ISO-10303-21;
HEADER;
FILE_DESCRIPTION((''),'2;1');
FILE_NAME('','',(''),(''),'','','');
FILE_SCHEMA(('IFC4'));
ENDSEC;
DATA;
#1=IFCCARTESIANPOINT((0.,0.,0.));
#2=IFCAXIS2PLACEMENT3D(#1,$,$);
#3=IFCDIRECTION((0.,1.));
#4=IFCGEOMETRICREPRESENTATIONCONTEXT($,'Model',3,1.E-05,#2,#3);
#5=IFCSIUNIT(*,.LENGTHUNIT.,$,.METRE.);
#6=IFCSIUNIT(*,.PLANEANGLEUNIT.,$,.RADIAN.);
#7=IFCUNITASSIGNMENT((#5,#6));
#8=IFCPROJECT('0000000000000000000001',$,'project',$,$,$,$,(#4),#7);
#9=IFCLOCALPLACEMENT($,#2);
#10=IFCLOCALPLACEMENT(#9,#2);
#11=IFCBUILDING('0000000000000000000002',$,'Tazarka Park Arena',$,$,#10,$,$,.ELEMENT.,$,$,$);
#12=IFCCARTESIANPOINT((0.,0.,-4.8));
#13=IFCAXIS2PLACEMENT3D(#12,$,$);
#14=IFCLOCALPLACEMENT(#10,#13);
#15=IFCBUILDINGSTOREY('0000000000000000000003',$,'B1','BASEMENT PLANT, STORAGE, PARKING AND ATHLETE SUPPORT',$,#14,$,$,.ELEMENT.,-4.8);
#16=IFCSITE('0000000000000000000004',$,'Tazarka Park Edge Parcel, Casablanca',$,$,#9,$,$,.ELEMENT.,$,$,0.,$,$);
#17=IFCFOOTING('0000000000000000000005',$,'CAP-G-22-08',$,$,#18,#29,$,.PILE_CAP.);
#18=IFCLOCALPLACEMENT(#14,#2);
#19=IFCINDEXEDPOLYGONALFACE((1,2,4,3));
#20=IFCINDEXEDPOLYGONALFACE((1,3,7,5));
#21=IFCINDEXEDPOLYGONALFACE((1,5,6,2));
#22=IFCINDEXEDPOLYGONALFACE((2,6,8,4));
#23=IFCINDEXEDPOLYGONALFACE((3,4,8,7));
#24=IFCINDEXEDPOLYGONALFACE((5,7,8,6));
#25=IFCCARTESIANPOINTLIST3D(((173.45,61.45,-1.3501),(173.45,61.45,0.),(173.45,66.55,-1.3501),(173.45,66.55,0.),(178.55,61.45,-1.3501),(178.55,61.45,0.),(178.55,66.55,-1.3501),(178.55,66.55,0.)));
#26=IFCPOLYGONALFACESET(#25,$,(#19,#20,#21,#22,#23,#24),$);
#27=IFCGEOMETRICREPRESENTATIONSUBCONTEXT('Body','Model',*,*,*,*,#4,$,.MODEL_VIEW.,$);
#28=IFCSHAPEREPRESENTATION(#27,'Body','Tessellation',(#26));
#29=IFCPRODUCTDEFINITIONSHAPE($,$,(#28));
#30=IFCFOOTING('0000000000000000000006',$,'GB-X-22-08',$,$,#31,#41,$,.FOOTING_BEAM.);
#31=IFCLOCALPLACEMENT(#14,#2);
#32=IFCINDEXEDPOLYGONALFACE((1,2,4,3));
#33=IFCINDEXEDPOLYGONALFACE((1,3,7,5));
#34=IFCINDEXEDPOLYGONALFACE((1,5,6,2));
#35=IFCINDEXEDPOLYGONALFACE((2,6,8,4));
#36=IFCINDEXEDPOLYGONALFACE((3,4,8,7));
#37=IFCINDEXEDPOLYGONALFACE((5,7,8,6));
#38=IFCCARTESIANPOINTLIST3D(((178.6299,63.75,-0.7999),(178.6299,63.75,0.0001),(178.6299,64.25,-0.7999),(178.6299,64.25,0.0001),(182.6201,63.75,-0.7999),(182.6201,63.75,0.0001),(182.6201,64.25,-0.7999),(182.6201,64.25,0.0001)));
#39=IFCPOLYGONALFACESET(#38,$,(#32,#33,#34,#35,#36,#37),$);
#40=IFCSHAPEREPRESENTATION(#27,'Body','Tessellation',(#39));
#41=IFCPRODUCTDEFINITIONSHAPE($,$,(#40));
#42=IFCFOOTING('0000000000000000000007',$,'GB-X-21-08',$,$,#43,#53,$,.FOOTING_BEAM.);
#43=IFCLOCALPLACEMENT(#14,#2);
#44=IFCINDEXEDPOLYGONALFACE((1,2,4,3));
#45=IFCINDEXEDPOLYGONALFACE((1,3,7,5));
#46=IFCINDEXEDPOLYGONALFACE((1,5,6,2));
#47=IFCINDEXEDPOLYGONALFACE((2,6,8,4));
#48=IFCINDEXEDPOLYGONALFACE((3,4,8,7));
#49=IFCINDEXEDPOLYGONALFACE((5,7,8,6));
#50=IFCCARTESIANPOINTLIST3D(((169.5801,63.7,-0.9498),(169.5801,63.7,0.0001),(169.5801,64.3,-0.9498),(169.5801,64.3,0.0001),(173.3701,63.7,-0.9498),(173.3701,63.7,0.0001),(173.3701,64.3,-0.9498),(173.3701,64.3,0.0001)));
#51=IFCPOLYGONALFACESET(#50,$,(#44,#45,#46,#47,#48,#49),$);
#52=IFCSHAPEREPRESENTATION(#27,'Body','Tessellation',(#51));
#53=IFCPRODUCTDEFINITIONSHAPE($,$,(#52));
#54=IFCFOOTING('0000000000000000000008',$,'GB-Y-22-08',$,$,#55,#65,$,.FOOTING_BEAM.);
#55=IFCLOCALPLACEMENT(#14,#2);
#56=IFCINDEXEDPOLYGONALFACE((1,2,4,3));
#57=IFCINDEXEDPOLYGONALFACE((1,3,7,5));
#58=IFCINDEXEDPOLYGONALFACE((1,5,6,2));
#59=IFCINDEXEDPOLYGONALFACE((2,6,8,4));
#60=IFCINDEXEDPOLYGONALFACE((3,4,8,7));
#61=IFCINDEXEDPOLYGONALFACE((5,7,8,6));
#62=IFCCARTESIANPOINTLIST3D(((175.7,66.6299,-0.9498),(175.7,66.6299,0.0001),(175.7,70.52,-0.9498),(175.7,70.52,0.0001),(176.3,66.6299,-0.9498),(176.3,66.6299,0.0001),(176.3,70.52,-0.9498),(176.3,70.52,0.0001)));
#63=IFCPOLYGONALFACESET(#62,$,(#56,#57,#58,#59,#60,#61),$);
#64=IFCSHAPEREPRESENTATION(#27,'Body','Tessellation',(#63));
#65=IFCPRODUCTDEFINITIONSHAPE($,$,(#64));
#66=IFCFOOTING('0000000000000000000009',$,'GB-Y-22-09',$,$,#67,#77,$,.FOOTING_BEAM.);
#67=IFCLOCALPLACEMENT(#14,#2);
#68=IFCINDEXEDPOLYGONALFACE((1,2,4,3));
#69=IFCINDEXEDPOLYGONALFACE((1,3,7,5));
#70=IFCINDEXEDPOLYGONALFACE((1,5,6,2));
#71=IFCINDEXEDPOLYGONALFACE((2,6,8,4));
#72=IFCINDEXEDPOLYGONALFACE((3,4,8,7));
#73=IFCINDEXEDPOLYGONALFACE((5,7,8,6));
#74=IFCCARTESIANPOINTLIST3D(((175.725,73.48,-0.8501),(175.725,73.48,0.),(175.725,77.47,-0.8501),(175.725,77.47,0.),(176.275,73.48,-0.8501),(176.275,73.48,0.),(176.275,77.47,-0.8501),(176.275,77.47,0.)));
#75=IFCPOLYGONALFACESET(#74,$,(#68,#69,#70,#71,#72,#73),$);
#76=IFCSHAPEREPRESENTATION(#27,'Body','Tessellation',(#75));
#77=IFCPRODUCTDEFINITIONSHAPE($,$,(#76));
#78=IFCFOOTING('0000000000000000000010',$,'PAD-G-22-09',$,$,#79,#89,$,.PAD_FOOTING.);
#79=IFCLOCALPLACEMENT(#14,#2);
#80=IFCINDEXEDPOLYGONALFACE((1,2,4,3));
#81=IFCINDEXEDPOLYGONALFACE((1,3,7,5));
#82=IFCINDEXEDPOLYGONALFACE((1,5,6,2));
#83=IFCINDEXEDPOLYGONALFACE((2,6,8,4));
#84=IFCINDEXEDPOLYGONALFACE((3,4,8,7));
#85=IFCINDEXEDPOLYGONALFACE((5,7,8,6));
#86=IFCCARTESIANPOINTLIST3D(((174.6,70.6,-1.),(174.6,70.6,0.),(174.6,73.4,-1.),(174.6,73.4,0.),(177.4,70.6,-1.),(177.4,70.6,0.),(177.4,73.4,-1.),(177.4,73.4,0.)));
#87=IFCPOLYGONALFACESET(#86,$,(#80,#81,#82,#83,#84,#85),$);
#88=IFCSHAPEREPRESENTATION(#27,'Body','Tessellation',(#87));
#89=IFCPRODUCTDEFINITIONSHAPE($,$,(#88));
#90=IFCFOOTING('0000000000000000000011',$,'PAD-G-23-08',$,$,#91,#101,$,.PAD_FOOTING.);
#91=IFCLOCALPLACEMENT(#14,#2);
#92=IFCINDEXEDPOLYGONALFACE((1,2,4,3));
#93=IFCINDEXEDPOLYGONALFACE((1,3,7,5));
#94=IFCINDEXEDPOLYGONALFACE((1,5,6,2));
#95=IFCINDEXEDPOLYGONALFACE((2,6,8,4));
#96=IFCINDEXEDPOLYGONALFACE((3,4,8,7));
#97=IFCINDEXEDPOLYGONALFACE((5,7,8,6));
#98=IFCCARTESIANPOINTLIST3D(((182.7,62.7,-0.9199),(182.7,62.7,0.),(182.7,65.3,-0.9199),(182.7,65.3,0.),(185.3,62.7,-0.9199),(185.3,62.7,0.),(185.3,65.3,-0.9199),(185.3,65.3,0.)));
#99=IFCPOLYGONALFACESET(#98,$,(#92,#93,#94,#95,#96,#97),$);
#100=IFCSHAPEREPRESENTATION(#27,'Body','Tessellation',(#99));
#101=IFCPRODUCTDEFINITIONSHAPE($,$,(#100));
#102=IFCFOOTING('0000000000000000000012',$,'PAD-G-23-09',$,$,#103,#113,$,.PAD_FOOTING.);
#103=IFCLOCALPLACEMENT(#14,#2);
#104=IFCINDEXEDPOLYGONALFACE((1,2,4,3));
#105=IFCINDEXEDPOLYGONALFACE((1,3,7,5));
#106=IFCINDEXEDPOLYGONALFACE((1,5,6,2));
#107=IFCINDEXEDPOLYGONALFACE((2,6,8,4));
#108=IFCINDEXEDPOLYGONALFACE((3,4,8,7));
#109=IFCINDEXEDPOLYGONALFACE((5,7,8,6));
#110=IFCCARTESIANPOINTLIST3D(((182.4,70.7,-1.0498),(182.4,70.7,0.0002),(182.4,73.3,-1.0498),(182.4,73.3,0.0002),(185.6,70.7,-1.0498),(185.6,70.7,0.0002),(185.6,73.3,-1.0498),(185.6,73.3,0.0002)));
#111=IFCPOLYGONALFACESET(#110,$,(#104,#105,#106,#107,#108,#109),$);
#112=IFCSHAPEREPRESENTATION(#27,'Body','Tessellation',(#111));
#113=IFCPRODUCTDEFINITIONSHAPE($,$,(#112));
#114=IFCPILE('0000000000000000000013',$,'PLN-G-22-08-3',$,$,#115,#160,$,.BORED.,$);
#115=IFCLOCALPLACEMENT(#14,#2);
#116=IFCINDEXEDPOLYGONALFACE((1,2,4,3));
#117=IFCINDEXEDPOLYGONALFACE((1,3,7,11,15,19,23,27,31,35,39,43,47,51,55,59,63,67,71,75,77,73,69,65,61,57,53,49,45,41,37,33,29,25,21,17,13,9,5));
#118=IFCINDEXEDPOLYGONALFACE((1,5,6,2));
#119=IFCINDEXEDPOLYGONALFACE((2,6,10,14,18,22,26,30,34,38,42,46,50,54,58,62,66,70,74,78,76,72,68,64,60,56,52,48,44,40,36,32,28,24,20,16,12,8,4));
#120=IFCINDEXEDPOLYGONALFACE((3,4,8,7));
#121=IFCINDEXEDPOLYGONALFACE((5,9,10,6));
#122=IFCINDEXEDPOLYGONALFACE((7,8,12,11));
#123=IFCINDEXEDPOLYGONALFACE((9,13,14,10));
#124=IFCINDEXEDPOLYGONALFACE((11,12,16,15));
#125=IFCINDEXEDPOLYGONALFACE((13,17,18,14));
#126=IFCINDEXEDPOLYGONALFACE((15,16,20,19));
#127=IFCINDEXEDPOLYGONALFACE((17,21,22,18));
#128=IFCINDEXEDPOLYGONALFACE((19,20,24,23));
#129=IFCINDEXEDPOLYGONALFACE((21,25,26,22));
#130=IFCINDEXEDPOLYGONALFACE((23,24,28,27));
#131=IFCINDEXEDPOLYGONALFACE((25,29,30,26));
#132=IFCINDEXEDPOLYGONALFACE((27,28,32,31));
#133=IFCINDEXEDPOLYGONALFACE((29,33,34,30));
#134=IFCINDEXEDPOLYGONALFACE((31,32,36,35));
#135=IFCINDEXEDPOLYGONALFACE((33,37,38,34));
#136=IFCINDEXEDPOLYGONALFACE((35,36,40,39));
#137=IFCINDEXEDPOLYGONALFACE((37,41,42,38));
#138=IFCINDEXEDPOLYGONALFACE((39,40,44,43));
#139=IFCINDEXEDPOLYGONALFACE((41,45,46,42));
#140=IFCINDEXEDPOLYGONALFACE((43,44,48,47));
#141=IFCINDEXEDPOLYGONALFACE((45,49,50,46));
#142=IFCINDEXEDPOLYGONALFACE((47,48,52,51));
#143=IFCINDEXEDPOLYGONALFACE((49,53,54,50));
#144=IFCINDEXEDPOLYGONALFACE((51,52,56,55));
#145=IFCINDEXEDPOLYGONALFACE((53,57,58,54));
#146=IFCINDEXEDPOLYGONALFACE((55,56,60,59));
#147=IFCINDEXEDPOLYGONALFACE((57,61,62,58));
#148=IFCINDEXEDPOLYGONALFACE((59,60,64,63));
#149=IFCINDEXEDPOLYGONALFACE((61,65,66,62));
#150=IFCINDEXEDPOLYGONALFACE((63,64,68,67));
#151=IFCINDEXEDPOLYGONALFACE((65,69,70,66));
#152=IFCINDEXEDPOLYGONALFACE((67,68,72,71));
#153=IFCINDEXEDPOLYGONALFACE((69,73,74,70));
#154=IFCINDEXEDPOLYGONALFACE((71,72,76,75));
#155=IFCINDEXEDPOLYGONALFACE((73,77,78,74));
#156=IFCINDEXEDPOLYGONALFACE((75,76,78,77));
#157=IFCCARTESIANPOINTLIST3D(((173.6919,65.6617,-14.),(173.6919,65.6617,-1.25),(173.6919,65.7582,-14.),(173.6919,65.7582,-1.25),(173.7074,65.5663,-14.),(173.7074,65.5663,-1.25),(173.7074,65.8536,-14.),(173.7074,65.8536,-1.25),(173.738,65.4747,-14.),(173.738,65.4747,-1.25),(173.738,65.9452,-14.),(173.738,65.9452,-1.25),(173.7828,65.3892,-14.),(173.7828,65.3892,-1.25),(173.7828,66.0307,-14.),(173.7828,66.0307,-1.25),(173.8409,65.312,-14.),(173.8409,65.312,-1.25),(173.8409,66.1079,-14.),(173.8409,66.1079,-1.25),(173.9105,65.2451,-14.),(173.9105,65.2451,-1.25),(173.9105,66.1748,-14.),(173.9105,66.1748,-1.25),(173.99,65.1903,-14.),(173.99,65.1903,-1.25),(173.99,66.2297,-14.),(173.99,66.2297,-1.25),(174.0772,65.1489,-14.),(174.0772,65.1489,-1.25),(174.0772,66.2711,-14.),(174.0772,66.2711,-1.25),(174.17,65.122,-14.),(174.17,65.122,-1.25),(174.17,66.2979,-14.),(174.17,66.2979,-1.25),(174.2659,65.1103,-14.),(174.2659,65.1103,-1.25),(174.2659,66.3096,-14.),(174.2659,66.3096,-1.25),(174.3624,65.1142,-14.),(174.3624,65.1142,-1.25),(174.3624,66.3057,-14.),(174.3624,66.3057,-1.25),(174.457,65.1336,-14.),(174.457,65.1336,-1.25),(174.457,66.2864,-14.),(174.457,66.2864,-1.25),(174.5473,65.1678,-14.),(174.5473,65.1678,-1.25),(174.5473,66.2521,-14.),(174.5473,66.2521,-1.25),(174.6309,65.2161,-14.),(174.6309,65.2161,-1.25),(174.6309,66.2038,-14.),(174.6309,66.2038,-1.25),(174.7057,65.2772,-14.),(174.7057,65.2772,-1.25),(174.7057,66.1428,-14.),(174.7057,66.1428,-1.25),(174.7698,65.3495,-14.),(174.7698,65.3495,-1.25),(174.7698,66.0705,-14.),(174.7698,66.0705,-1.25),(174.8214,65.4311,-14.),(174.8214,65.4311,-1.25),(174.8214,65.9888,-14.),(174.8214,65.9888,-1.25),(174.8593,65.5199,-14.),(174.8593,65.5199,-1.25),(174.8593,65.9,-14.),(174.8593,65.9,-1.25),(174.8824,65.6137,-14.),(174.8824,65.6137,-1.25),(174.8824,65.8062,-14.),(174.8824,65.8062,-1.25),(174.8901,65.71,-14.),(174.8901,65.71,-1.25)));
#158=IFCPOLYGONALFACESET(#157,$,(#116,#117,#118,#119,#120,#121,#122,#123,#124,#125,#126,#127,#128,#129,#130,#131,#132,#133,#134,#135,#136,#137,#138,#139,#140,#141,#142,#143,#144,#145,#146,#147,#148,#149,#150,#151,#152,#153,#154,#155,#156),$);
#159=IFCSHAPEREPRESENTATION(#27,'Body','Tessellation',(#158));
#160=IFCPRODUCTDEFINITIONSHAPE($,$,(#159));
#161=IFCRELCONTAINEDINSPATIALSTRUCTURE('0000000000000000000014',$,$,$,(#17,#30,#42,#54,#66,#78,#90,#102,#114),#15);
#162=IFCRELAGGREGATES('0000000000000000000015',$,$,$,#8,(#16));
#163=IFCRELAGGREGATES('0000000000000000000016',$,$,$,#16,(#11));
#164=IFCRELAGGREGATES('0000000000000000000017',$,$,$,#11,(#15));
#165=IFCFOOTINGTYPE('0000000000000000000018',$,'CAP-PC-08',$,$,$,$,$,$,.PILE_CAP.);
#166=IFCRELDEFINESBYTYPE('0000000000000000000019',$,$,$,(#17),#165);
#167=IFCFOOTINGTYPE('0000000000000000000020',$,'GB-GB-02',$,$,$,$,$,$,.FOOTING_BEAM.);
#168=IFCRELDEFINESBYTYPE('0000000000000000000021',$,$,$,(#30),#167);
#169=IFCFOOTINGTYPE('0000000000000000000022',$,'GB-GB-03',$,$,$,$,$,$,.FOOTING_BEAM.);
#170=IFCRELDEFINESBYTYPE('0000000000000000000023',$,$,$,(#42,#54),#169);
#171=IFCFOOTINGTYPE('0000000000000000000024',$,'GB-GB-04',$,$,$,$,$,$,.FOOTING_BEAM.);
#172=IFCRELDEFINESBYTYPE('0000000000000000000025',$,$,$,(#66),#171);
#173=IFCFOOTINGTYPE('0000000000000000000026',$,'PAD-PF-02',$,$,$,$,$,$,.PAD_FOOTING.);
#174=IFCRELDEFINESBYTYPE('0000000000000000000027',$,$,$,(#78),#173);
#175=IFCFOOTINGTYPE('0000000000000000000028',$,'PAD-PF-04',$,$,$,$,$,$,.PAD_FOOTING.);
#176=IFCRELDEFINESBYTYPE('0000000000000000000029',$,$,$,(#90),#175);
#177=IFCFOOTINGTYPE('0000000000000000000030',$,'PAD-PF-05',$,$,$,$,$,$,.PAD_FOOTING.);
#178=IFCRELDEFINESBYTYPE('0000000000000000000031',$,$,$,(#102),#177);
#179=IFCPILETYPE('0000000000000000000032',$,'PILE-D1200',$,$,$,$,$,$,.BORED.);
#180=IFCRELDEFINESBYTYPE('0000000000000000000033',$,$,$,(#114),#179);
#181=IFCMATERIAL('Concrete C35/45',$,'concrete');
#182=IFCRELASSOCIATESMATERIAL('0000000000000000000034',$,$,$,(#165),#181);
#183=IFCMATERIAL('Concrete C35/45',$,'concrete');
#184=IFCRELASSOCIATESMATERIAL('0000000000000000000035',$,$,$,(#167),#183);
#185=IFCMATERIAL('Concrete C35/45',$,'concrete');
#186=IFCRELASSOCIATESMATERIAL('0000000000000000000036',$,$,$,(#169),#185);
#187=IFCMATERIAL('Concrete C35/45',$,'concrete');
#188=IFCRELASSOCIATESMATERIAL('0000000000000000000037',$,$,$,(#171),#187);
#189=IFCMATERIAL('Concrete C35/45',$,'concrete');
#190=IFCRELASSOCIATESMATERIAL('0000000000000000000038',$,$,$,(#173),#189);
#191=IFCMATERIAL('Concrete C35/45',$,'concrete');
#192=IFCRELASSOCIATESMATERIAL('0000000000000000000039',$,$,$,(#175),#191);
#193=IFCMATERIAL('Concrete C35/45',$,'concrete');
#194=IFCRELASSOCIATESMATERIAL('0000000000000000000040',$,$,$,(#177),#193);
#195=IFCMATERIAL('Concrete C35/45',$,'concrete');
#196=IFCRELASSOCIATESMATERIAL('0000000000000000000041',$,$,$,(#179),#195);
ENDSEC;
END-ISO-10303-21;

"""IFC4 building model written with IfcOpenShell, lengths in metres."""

from ifc_helpers import new_model, si_unit, direction, frame, origin, origin_2d, place, context, subcontext, project, spatial, rectangle, circle, extrude, material, material_profile, profile_set, type_object, element, save


model = new_model("IFC4")

# Units and contexts
model_context = context("Model", 3, precision=1e-05, world=origin(), true_north=direction((0.0, 1.0)))
body_context = subcontext(model_context, "Body", "Model", "MODEL_VIEW")
ifc_project = project(units=[si_unit("LENGTHUNIT", "METRE"), si_unit("PLANEANGLEUNIT", "RADIAN")], contexts=[model_context])

# Site, building, storey
site_placement = place(None, origin())
site = spatial("IfcSite", under=ifc_project, at=site_placement, Name="Tazarka Park Edge Parcel, Casablanca", CompositionType="ELEMENT", RefElevation=0.0)
building_placement = place(site_placement, origin())
building = spatial("IfcBuilding", under=site, at=building_placement, Name="Tazarka Park Arena", CompositionType="ELEMENT")
storey_placement = place(building_placement, frame((0.0, 0.0, -4.8)))
storey = spatial("IfcBuildingStorey", under=building, at=storey_placement, Name="B1", Description="BASEMENT PLANT, STORAGE, PARKING AND ATHLETE SUPPORT", CompositionType="ELEMENT", Elevation=-4.8)

# Footings
ifc_material_1 = material(Name="Concrete C35/45", Category="concrete")
footing_type_1 = type_object("IfcFootingType", Name="CAP-PC-08", PredefinedType="PILE_CAP", material=ifc_material_1)
footing_1_placement = place(storey_placement, frame((176.0, 64.0, -1.3501), z_axis=(0.0, 0.0, 1.0), x_axis=(1.0, 0.0, 0.0)))
element("IfcFooting", 1, at=footing_1_placement, inside=storey, type_object=footing_type_1, Name="CAP-G-22-08", PredefinedType="PILE_CAP", context=body_context, shape_type="SweptSolid", body=[
    extrude(rectangle(XDim=5.1001, YDim=5.1001, at=origin_2d()), origin(), (0.0, 0.0, 1.0), 1.3501),
])
ifc_material_2 = material(Name="Concrete C35/45", Category="concrete")
ifc_material_profile_1 = material_profile(ifc_material_2, rectangle(XDim=0.5, YDim=0.8, at=origin_2d()), Name="Concrete C35/45")
ifc_profile_set_1 = profile_set([ifc_material_profile_1], Name="Concrete C35/45")
footing_type_2 = type_object("IfcFootingType", Name="GB-GB-02", PredefinedType="FOOTING_BEAM", material=ifc_profile_set_1)
footing_2_placement = place(storey_placement, frame((178.6299, 64.0, -0.3999), z_axis=(1.0, 0.0, 0.0), x_axis=(0.0, 1.0, 0.0)))
element("IfcFooting", 2, at=footing_2_placement, inside=storey, type_object=footing_type_2, Name="GB-X-22-08", PredefinedType="FOOTING_BEAM", context=body_context, shape_type="SweptSolid", body=[
    extrude(rectangle(XDim=0.5, YDim=0.8, at=origin_2d()), origin(), (0.0, 0.0, 1.0), 3.9902),
])
ifc_material_3 = material(Name="Concrete C35/45", Category="concrete")
ifc_material_profile_2 = material_profile(ifc_material_3, rectangle(XDim=0.6001, YDim=0.95, at=origin_2d()), Name="Concrete C35/45")
ifc_profile_set_2 = profile_set([ifc_material_profile_2], Name="Concrete C35/45")
footing_type_3 = type_object("IfcFootingType", Name="GB-GB-03", PredefinedType="FOOTING_BEAM", material=ifc_profile_set_2)
footing_3_placement = place(storey_placement, frame((169.5801, 64.0, -0.4749), z_axis=(1.0, 0.0, 0.0), x_axis=(0.0, 1.0, 0.0)))
element("IfcFooting", 3, at=footing_3_placement, inside=storey, type_object=footing_type_3, Name="GB-X-21-08", PredefinedType="FOOTING_BEAM", context=body_context, shape_type="SweptSolid", body=[
    extrude(rectangle(XDim=0.6001, YDim=0.95, at=origin_2d()), origin(), (0.0, 0.0, 1.0), 3.79),
])
footing_4_placement = place(storey_placement, frame((176.0, 66.6299, -0.4749), z_axis=(0.0, 1.0, 0.0), x_axis=(-1.0, 0.0, 0.0)))
element("IfcFooting", 4, at=footing_4_placement, inside=storey, type_object=footing_type_3, Name="GB-Y-22-08", PredefinedType="FOOTING_BEAM", context=body_context, shape_type="SweptSolid", body=[
    extrude(rectangle(XDim=0.6001, YDim=0.95, at=origin_2d()), origin(), (0.0, 0.0, 1.0), 3.8901),
])
ifc_material_4 = material(Name="Concrete C35/45", Category="concrete")
ifc_material_profile_3 = material_profile(ifc_material_4, rectangle(XDim=0.55, YDim=0.8501, at=origin_2d()), Name="Concrete C35/45")
ifc_profile_set_3 = profile_set([ifc_material_profile_3], Name="Concrete C35/45")
footing_type_4 = type_object("IfcFootingType", Name="GB-GB-04", PredefinedType="FOOTING_BEAM", material=ifc_profile_set_3)
footing_5_placement = place(storey_placement, frame((176.0, 73.48, -0.425), z_axis=(0.0, 1.0, 0.0), x_axis=(-1.0, 0.0, 0.0)))
element("IfcFooting", 5, at=footing_5_placement, inside=storey, type_object=footing_type_4, Name="GB-Y-22-09", PredefinedType="FOOTING_BEAM", context=body_context, shape_type="SweptSolid", body=[
    extrude(rectangle(XDim=0.55, YDim=0.8501, at=origin_2d()), origin(), (0.0, 0.0, 1.0), 3.99),
])
ifc_material_5 = material(Name="Concrete C35/45", Category="concrete")
footing_type_5 = type_object("IfcFootingType", Name="PAD-PF-02", PredefinedType="PAD_FOOTING", material=ifc_material_5)
footing_6_placement = place(storey_placement, frame((176.0, 72.0, -1.0), z_axis=(0.0, 0.0, 1.0), x_axis=(1.0, 0.0, 0.0)))
element("IfcFooting", 6, at=footing_6_placement, inside=storey, type_object=footing_type_5, Name="PAD-G-22-09", PredefinedType="PAD_FOOTING", context=body_context, shape_type="SweptSolid", body=[
    extrude(rectangle(XDim=2.8, YDim=2.8, at=origin_2d()), origin(), (0.0, 0.0, 1.0), 1.0),
])
ifc_material_6 = material(Name="Concrete C35/45", Category="concrete")
footing_type_6 = type_object("IfcFootingType", Name="PAD-PF-04", PredefinedType="PAD_FOOTING", material=ifc_material_6)
footing_7_placement = place(storey_placement, frame((184.0, 64.0, -0.9199), z_axis=(0.0, 0.0, 1.0), x_axis=(1.0, 0.0, 0.0)))
element("IfcFooting", 7, at=footing_7_placement, inside=storey, type_object=footing_type_6, Name="PAD-G-23-08", PredefinedType="PAD_FOOTING", context=body_context, shape_type="SweptSolid", body=[
    extrude(rectangle(XDim=2.6001, YDim=2.6001, at=origin_2d()), origin(), (0.0, 0.0, 1.0), 0.9199),
])
ifc_material_7 = material(Name="Concrete C35/45", Category="concrete")
footing_type_7 = type_object("IfcFootingType", Name="PAD-PF-05", PredefinedType="PAD_FOOTING", material=ifc_material_7)
footing_8_placement = place(storey_placement, frame((184.0, 72.0, -1.0498), z_axis=(0.0, 0.0, 1.0), x_axis=(1.0, 0.0, 0.0)))
element("IfcFooting", 8, at=footing_8_placement, inside=storey, type_object=footing_type_7, Name="PAD-G-23-09", PredefinedType="PAD_FOOTING", context=body_context, shape_type="SweptSolid", body=[
    extrude(rectangle(XDim=3.2, YDim=2.6001, at=origin_2d()), origin(), (0.0, 0.0, 1.0), 1.05),
])

# Pile
ifc_material_8 = material(Name="Concrete C35/45", Category="concrete")
ifc_material_profile_4 = material_profile(ifc_material_8, circle(Radius=0.6001, at=origin_2d()), Name="Concrete C35/45")
ifc_profile_set_4 = profile_set([ifc_material_profile_4], Name="Concrete C35/45")
pile_type = type_object("IfcPileType", Name="PILE-D1200", PredefinedType="BORED", material=ifc_profile_set_4)
for number, where, z_axis, x_axis, name in (
    (9, (174.29, 65.71, -1.25), (0.0, 0.0, -1.0), (1.0, 0.0, 0.0), "PLN-G-22-08-3"),
):
    element("IfcPile", number, at=place(storey_placement, frame(where, z_axis=z_axis, x_axis=x_axis)), inside=storey, type_object=pile_type, Name=name, PredefinedType="BORED", context=body_context, shape_type="SweptSolid", body=[
        extrude(circle(Radius=0.6001, at=origin_2d()), origin(), (0.0, 0.0, 1.0), 12.75),
    ])

save(model, "model.ifc")
